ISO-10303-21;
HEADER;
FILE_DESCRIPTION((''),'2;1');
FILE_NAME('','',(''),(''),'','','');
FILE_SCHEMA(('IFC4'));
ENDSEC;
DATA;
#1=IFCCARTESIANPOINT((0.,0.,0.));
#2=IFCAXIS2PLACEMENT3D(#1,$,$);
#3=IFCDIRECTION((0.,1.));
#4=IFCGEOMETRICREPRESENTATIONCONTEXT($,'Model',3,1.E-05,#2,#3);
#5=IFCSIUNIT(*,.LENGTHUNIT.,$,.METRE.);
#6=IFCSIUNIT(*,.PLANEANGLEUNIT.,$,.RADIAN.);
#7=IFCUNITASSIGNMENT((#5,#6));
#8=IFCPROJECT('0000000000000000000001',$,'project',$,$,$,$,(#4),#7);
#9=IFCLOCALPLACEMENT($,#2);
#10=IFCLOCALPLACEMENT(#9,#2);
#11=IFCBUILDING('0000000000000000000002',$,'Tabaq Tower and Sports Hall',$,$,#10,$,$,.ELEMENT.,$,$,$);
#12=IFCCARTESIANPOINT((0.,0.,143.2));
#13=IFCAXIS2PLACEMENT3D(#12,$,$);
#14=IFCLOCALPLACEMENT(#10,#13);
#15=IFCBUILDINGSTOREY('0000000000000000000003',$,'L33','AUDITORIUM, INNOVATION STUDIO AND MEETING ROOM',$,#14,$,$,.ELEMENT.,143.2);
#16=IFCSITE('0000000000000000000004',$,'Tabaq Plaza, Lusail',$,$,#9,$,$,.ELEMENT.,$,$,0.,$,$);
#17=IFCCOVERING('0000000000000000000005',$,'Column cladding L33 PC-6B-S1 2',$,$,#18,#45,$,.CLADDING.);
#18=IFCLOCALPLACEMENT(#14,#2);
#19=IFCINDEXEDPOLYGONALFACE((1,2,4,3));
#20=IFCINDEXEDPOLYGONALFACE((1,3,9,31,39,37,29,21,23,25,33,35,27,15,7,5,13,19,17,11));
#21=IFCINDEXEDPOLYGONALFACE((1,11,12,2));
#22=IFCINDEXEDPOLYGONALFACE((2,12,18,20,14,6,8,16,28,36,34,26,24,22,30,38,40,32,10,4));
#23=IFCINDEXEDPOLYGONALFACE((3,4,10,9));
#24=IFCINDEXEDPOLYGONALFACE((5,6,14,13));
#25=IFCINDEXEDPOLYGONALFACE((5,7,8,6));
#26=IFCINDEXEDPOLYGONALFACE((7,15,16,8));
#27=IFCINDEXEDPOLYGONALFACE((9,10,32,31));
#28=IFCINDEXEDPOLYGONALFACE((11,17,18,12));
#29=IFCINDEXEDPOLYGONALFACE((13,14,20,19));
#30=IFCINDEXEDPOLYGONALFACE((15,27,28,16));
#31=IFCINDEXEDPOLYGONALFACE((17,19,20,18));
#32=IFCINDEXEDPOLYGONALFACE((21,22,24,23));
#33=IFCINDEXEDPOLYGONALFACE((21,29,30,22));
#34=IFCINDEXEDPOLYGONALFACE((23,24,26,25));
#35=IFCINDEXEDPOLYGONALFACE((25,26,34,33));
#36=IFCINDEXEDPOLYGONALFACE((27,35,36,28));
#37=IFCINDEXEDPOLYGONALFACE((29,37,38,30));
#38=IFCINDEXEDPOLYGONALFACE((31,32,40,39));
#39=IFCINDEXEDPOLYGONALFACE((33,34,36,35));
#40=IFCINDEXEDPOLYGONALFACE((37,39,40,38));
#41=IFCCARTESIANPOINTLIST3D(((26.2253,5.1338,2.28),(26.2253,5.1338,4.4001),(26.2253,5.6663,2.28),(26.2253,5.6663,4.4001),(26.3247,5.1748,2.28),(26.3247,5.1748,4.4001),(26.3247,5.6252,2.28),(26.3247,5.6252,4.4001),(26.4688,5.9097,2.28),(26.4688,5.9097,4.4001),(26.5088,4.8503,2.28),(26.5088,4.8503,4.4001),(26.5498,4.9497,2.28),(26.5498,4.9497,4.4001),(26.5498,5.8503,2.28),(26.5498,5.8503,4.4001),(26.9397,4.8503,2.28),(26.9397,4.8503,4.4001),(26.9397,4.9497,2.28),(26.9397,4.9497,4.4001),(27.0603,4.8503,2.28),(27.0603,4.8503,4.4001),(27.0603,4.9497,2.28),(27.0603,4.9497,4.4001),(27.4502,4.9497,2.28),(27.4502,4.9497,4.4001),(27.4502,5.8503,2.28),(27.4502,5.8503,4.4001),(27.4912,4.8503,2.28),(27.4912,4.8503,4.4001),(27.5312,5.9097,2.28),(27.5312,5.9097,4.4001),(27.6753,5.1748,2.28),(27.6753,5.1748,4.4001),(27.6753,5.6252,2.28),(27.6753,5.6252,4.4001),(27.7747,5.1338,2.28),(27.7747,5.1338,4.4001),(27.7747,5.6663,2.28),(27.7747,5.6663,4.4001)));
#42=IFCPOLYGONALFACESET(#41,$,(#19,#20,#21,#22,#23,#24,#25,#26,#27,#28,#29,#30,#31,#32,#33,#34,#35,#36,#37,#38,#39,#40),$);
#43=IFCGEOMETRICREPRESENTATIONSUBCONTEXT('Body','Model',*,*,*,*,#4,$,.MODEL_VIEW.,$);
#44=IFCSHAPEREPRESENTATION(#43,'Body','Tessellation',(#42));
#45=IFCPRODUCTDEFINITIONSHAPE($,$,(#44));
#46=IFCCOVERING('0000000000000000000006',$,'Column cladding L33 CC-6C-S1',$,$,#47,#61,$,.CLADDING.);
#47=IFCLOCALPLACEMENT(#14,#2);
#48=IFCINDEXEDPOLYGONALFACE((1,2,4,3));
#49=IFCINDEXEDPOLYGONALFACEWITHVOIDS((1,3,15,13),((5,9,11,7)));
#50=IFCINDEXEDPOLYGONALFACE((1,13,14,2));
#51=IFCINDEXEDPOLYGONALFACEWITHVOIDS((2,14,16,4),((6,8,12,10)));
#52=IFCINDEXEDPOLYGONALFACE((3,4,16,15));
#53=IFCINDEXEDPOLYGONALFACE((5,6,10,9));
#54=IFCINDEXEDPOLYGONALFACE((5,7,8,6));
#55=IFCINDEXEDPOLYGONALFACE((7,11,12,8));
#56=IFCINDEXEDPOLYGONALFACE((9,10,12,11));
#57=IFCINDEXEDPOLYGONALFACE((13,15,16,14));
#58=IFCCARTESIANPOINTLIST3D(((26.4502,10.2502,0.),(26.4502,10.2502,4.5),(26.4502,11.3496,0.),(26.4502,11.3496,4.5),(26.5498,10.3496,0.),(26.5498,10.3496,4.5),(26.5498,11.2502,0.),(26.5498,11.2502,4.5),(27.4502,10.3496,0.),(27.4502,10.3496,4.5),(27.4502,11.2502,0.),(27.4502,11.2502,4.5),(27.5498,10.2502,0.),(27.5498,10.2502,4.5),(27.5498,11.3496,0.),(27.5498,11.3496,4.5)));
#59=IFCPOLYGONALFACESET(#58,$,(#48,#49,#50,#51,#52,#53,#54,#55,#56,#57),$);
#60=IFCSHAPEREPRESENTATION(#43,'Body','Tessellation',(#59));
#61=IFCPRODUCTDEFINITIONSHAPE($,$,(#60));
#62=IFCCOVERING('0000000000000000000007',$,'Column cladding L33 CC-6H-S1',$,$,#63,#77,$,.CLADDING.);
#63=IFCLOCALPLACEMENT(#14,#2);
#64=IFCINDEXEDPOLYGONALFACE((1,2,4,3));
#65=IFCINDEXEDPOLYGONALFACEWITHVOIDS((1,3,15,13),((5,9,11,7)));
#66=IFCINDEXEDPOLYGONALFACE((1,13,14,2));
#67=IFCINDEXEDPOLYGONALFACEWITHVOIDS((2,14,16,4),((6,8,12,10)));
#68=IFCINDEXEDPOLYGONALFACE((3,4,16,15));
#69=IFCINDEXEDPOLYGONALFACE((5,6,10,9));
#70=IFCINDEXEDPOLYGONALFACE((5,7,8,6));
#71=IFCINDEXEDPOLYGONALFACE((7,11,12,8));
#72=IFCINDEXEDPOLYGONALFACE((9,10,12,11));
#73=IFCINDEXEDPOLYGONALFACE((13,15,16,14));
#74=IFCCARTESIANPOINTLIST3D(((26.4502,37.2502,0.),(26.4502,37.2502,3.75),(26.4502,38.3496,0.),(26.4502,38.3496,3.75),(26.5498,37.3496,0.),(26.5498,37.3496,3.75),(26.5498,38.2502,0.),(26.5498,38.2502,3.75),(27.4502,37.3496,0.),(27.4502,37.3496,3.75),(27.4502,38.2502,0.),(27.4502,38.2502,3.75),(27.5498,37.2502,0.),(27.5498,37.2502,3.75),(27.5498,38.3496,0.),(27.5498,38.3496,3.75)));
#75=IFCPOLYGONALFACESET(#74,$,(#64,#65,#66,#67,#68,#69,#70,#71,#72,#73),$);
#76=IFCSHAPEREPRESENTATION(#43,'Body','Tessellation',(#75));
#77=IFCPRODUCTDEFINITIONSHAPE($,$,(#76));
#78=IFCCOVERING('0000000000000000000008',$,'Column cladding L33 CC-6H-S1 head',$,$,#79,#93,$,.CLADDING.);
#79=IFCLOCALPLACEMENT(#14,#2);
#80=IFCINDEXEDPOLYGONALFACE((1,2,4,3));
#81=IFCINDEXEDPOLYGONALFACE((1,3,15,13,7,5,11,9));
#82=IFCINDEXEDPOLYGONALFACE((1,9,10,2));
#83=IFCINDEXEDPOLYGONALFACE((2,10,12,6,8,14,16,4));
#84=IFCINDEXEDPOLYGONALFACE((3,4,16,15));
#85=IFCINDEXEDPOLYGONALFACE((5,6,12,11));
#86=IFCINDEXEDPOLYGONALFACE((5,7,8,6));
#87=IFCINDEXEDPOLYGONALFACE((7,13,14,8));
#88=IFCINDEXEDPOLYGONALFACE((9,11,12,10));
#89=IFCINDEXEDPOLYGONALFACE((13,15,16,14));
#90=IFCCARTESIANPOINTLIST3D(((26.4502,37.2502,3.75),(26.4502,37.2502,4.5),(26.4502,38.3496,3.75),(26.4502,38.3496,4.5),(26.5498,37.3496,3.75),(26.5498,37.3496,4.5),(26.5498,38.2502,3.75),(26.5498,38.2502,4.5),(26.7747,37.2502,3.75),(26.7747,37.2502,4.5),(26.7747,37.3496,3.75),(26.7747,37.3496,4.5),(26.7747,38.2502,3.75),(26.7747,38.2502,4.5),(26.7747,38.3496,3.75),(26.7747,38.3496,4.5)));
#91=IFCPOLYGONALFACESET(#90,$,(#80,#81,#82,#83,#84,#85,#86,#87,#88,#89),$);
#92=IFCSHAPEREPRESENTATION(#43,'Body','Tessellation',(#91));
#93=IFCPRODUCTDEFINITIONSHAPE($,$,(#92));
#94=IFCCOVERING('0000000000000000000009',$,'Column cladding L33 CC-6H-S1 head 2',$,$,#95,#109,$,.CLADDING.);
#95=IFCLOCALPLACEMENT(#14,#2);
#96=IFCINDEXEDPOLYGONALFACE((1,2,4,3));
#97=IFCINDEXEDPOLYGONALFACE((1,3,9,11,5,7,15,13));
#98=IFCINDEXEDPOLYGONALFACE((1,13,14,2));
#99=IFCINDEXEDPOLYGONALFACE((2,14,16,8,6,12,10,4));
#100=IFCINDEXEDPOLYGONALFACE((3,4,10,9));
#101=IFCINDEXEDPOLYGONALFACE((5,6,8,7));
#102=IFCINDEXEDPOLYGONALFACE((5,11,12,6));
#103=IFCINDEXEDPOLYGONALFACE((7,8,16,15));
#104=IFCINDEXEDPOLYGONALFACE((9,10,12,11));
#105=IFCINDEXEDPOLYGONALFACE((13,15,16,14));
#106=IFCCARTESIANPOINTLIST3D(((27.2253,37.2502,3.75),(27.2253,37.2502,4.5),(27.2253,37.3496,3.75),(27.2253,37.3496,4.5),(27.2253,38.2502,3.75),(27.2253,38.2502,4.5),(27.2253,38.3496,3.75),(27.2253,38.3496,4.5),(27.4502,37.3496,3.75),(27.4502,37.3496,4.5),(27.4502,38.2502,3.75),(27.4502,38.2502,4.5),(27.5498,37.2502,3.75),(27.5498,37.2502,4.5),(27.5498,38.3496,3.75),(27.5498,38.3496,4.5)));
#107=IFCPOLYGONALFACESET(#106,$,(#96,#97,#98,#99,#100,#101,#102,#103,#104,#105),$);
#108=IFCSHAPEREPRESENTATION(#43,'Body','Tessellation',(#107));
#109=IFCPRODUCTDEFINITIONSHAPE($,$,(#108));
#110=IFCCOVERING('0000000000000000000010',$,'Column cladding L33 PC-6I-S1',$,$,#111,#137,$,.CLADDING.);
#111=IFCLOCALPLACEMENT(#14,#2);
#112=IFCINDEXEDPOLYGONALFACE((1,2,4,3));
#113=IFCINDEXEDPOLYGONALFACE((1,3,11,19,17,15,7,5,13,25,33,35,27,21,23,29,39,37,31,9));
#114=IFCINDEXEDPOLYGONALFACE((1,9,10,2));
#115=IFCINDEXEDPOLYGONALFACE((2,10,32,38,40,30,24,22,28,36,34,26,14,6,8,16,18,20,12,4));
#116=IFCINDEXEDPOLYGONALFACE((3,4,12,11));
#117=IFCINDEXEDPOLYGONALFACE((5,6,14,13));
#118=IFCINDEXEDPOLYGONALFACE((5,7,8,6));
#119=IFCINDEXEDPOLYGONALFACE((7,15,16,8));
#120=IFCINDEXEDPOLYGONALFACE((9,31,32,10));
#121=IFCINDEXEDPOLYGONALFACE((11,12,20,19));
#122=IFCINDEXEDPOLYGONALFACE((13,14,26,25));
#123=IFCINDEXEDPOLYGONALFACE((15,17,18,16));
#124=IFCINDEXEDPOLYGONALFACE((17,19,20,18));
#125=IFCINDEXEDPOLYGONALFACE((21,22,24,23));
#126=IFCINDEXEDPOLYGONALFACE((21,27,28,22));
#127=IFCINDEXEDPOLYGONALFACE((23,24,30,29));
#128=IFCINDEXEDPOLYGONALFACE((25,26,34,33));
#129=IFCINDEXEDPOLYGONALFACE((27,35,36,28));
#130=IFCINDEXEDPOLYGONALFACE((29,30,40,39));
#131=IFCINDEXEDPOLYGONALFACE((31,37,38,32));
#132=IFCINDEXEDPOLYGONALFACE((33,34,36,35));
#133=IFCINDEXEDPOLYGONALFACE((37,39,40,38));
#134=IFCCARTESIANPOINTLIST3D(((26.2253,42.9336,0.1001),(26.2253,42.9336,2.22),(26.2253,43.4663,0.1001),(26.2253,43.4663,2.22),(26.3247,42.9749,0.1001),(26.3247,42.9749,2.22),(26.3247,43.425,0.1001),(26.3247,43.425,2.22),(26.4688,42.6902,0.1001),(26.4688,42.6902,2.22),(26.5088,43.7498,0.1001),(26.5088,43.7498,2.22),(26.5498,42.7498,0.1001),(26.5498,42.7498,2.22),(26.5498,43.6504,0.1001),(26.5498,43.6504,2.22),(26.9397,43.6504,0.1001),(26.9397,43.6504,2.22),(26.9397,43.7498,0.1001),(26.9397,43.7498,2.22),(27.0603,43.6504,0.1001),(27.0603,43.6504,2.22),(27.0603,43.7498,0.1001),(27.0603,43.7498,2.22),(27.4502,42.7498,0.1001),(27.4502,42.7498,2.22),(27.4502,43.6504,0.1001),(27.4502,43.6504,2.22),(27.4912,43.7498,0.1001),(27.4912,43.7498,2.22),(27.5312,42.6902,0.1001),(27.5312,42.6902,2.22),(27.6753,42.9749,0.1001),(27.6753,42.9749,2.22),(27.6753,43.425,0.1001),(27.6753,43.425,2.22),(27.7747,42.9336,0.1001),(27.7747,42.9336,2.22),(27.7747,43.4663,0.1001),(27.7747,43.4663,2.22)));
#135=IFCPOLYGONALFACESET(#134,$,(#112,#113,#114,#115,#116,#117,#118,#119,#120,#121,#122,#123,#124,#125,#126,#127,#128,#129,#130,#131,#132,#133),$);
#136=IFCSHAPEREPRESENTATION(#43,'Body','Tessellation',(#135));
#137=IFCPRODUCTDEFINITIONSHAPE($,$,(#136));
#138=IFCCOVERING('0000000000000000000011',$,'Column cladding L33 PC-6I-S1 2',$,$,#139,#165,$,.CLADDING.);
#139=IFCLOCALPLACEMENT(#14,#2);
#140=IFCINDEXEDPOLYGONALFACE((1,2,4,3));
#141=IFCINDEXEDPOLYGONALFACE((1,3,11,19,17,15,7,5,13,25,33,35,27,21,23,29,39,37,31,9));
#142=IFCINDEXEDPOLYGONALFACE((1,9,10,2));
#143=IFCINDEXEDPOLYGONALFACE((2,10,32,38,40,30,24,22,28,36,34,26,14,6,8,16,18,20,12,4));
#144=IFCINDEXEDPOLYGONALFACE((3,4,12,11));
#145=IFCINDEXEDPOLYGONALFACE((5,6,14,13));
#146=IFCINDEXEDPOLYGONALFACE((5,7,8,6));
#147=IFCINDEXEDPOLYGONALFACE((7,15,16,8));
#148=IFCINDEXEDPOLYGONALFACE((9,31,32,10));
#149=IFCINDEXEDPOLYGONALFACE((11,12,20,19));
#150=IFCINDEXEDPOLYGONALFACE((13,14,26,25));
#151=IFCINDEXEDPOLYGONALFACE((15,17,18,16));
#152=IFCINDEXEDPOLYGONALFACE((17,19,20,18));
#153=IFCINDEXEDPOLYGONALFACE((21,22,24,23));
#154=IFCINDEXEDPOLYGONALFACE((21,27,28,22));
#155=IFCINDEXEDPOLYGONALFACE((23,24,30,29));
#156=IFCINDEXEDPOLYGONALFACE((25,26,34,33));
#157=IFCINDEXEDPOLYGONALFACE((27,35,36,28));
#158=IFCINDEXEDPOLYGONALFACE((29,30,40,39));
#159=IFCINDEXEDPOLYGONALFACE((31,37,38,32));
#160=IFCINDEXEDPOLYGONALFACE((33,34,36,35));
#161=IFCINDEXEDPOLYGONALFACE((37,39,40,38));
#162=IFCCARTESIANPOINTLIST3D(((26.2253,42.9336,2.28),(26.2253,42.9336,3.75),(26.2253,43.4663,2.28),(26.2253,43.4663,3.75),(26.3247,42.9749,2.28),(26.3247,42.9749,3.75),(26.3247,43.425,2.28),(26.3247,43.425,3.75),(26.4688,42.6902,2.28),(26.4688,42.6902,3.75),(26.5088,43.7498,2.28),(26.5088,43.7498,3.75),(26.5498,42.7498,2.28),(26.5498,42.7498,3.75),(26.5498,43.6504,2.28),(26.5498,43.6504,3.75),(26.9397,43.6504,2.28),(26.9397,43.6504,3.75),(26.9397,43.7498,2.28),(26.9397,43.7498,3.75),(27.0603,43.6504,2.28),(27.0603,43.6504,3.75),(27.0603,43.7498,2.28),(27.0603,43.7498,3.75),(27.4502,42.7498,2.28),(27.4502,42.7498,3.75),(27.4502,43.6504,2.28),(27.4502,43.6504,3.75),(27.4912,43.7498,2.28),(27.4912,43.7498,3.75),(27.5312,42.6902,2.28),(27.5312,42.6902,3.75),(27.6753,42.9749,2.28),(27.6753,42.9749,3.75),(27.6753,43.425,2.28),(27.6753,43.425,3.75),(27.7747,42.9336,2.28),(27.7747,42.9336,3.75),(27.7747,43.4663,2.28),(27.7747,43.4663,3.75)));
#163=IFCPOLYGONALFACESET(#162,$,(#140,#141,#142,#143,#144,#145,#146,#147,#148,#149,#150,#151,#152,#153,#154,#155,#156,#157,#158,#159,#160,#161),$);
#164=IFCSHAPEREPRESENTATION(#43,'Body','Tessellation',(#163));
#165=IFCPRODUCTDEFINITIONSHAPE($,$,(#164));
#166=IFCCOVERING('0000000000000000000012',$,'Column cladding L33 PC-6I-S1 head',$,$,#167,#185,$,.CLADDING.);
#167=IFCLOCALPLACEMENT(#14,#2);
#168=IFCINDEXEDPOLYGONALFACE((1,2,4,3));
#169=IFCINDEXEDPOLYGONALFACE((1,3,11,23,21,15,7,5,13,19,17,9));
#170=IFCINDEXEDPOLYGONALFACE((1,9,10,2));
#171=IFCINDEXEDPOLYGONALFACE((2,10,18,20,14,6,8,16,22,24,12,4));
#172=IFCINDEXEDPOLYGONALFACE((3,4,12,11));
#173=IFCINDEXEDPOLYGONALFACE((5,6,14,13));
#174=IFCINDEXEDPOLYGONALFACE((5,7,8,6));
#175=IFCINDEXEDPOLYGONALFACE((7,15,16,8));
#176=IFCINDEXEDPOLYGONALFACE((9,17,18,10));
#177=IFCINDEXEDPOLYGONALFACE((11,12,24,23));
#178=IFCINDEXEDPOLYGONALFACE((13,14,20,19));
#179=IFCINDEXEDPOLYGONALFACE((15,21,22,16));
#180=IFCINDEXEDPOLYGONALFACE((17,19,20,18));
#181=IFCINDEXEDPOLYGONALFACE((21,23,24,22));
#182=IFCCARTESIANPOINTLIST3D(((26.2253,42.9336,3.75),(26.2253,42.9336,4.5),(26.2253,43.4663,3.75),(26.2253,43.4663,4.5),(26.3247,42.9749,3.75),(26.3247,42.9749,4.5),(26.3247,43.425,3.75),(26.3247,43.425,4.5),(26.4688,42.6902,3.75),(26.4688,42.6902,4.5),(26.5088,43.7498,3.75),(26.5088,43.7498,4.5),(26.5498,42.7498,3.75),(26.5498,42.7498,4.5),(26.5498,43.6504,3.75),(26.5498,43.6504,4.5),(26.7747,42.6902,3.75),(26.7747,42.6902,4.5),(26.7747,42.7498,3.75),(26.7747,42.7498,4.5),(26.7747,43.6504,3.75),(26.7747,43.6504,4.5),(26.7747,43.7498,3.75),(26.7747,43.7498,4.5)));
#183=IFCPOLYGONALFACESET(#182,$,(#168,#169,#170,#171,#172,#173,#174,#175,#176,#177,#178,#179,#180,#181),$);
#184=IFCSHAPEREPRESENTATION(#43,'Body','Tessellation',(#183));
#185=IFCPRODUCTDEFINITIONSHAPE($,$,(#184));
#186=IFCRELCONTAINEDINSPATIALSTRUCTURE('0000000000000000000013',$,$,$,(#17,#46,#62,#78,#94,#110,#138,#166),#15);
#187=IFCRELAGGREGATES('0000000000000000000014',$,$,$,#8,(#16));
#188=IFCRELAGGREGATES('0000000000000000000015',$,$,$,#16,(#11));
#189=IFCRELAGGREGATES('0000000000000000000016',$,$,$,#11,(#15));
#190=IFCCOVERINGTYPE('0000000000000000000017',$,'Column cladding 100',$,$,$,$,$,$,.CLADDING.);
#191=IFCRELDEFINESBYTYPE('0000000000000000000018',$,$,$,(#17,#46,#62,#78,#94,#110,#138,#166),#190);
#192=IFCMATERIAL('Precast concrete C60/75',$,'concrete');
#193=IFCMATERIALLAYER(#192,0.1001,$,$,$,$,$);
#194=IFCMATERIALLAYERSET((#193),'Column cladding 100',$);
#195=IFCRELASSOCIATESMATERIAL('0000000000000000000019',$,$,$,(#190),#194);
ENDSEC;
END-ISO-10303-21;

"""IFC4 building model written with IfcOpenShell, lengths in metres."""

from ifc_helpers import new_model, si_unit, direction, frame, origin, place, context, subcontext, project, spatial, polyline, outline, extrude, material, layer, layer_set, type_object, element, save


model = new_model("IFC4")

# Units and contexts
model_context = context("Model", 3, precision=1e-05, world=origin(), true_north=direction((0.0, 1.0)))
body_context = subcontext(model_context, "Body", "Model", "MODEL_VIEW")
ifc_project = project(units=[si_unit("LENGTHUNIT", "METRE"), si_unit("PLANEANGLEUNIT", "RADIAN")], contexts=[model_context])

# Site, building, storey
site_placement = place(None, origin())
site = spatial("IfcSite", under=ifc_project, at=site_placement, Name="Tabaq Plaza, Lusail", CompositionType="ELEMENT", RefElevation=0.0)
building_placement = place(site_placement, origin())
building = spatial("IfcBuilding", under=site, at=building_placement, Name="Tabaq Tower and Sports Hall", CompositionType="ELEMENT")
storey_placement = place(building_placement, frame((0.0, 0.0, 143.2)))
storey = spatial("IfcBuildingStorey", under=building, at=storey_placement, Name="L33", Description="AUDITORIUM, INNOVATION STUDIO AND MEETING ROOM", CompositionType="ELEMENT", Elevation=143.2)

# Coverings
ifc_material_1 = material(Name="Precast concrete C60/75", Category="concrete")
ifc_layer_1 = layer(ifc_material_1, 0.1001)
ifc_layer_set_1 = layer_set([ifc_layer_1], Name="Column cladding 100")
covering_type_1 = type_object("IfcCoveringType", Name="Column cladding 100", PredefinedType="CLADDING", material=ifc_layer_set_1)
covering_1_placement = place(storey_placement, frame((0.0, 0.0, 2.28)))
element("IfcCovering", 1, at=covering_1_placement, inside=storey, type_object=covering_type_1, Name="Column cladding L33 PC-6B-S1 2", PredefinedType="CLADDING", context=body_context, shape_type="SweptSolid", body=[
    extrude(outline(polyline([(26.2253, 5.6663), (26.4688, 5.9097), (27.5312, 5.9097), (27.7747, 5.6663), (27.7747, 5.1338), (27.4912, 4.8503), (27.0603, 4.8503), (27.0603, 4.9497), (27.4502, 4.9497), (27.6753, 5.1748), (27.6753, 5.6252), (27.4502, 5.8503), (26.5498, 5.8503), (26.3247, 5.6252), (26.3247, 5.1748), (26.5498, 4.9497), (26.9397, 4.9497), (26.9397, 4.8503), (26.5088, 4.8503), (26.2253, 5.1338), (26.2253, 5.6663)])), origin(), (0.0, 0.0, 1.0), 2.1201),
])
covering_2_placement = place(storey_placement, origin())
element("IfcCovering", 2, at=covering_2_placement, inside=storey, type_object=covering_type_1, Name="Column cladding L33 CC-6C-S1", PredefinedType="CLADDING", context=body_context, shape_type="SweptSolid", body=[
    extrude(outline(polyline([(26.4502, 11.3496), (27.5498, 11.3496), (27.5498, 10.2502), (26.4502, 10.2502), (26.4502, 11.3496)]), holes=[polyline([(27.4502, 10.3496), (27.4502, 11.2502), (26.5498, 11.2502), (26.5498, 10.3496), (27.4502, 10.3496)])]), origin(), (0.0, 0.0, 1.0), 4.5),
])
covering_3_placement = place(storey_placement, origin())
element("IfcCovering", 3, at=covering_3_placement, inside=storey, type_object=covering_type_1, Name="Column cladding L33 CC-6H-S1", PredefinedType="CLADDING", context=body_context, shape_type="SweptSolid", body=[
    extrude(outline(polyline([(26.4502, 38.3496), (27.5498, 38.3496), (27.5498, 37.2502), (26.4502, 37.2502), (26.4502, 38.3496)]), holes=[polyline([(27.4502, 37.3496), (27.4502, 38.2502), (26.5498, 38.2502), (26.5498, 37.3496), (27.4502, 37.3496)])]), origin(), (0.0, 0.0, 1.0), 3.75),
])
covering_4_placement = place(storey_placement, frame((0.0, 0.0, 3.75)))
element("IfcCovering", 4, at=covering_4_placement, inside=storey, type_object=covering_type_1, Name="Column cladding L33 CC-6H-S1 head", PredefinedType="CLADDING", context=body_context, shape_type="SweptSolid", body=[
    extrude(outline(polyline([(26.7747, 38.3496), (26.7747, 38.2502), (26.5498, 38.2502), (26.5498, 37.3496), (26.7747, 37.3496), (26.7747, 37.2502), (26.4502, 37.2502), (26.4502, 38.3496), (26.7747, 38.3496)])), origin(), (0.0, 0.0, 1.0), 0.75),
])
covering_5_placement = place(storey_placement, frame((0.0, 0.0, 3.75)))
element("IfcCovering", 5, at=covering_5_placement, inside=storey, type_object=covering_type_1, Name="Column cladding L33 CC-6H-S1 head 2", PredefinedType="CLADDING", context=body_context, shape_type="SweptSolid", body=[
    extrude(outline(polyline([(27.5498, 38.3496), (27.5498, 37.2502), (27.2253, 37.2502), (27.2253, 37.3496), (27.4502, 37.3496), (27.4502, 38.2502), (27.2253, 38.2502), (27.2253, 38.3496), (27.5498, 38.3496)])), origin(), (0.0, 0.0, 1.0), 0.75),
])
covering_6_placement = place(storey_placement, frame((0.0, 0.0, 0.1001)))
element("IfcCovering", 6, at=covering_6_placement, inside=storey, type_object=covering_type_1, Name="Column cladding L33 PC-6I-S1", PredefinedType="CLADDING", context=body_context, shape_type="SweptSolid", body=[
    extrude(outline(polyline([(26.2253, 43.4663), (26.5088, 43.7498), (26.9397, 43.7498), (26.9397, 43.6504), (26.5498, 43.6504), (26.3247, 43.425), (26.3247, 42.9749), (26.5498, 42.7498), (27.4502, 42.7498), (27.6753, 42.9749), (27.6753, 43.425), (27.4502, 43.6504), (27.0603, 43.6504), (27.0603, 43.7498), (27.4912, 43.7498), (27.7747, 43.4663), (27.7747, 42.9336), (27.5312, 42.6902), (26.4688, 42.6902), (26.2253, 42.9336), (26.2253, 43.4663)])), origin(), (0.0, 0.0, 1.0), 2.1199),
])
covering_7_placement = place(storey_placement, frame((0.0, 0.0, 2.28)))
element("IfcCovering", 7, at=covering_7_placement, inside=storey, type_object=covering_type_1, Name="Column cladding L33 PC-6I-S1 2", PredefinedType="CLADDING", context=body_context, shape_type="SweptSolid", body=[
    extrude(outline(polyline([(26.2253, 43.4663), (26.5088, 43.7498), (26.9397, 43.7498), (26.9397, 43.6504), (26.5498, 43.6504), (26.3247, 43.425), (26.3247, 42.9749), (26.5498, 42.7498), (27.4502, 42.7498), (27.6753, 42.9749), (27.6753, 43.425), (27.4502, 43.6504), (27.0603, 43.6504), (27.0603, 43.7498), (27.4912, 43.7498), (27.7747, 43.4663), (27.7747, 42.9336), (27.5312, 42.6902), (26.4688, 42.6902), (26.2253, 42.9336), (26.2253, 43.4663)])), origin(), (0.0, 0.0, 1.0), 1.47),
])
covering_8_placement = place(storey_placement, frame((0.0, 0.0, 3.75)))
element("IfcCovering", 8, at=covering_8_placement, inside=storey, type_object=covering_type_1, Name="Column cladding L33 PC-6I-S1 head", PredefinedType="CLADDING", context=body_context, shape_type="SweptSolid", body=[
    extrude(outline(polyline([(26.5088, 43.7498), (26.7747, 43.7498), (26.7747, 43.6504), (26.5498, 43.6504), (26.3247, 43.425), (26.3247, 42.9749), (26.5498, 42.7498), (26.7747, 42.7498), (26.7747, 42.6902), (26.4688, 42.6902), (26.2253, 42.9336), (26.2253, 43.4663), (26.5088, 43.7498)])), origin(), (0.0, 0.0, 1.0), 0.75),
])

save(model, "model.ifc")
